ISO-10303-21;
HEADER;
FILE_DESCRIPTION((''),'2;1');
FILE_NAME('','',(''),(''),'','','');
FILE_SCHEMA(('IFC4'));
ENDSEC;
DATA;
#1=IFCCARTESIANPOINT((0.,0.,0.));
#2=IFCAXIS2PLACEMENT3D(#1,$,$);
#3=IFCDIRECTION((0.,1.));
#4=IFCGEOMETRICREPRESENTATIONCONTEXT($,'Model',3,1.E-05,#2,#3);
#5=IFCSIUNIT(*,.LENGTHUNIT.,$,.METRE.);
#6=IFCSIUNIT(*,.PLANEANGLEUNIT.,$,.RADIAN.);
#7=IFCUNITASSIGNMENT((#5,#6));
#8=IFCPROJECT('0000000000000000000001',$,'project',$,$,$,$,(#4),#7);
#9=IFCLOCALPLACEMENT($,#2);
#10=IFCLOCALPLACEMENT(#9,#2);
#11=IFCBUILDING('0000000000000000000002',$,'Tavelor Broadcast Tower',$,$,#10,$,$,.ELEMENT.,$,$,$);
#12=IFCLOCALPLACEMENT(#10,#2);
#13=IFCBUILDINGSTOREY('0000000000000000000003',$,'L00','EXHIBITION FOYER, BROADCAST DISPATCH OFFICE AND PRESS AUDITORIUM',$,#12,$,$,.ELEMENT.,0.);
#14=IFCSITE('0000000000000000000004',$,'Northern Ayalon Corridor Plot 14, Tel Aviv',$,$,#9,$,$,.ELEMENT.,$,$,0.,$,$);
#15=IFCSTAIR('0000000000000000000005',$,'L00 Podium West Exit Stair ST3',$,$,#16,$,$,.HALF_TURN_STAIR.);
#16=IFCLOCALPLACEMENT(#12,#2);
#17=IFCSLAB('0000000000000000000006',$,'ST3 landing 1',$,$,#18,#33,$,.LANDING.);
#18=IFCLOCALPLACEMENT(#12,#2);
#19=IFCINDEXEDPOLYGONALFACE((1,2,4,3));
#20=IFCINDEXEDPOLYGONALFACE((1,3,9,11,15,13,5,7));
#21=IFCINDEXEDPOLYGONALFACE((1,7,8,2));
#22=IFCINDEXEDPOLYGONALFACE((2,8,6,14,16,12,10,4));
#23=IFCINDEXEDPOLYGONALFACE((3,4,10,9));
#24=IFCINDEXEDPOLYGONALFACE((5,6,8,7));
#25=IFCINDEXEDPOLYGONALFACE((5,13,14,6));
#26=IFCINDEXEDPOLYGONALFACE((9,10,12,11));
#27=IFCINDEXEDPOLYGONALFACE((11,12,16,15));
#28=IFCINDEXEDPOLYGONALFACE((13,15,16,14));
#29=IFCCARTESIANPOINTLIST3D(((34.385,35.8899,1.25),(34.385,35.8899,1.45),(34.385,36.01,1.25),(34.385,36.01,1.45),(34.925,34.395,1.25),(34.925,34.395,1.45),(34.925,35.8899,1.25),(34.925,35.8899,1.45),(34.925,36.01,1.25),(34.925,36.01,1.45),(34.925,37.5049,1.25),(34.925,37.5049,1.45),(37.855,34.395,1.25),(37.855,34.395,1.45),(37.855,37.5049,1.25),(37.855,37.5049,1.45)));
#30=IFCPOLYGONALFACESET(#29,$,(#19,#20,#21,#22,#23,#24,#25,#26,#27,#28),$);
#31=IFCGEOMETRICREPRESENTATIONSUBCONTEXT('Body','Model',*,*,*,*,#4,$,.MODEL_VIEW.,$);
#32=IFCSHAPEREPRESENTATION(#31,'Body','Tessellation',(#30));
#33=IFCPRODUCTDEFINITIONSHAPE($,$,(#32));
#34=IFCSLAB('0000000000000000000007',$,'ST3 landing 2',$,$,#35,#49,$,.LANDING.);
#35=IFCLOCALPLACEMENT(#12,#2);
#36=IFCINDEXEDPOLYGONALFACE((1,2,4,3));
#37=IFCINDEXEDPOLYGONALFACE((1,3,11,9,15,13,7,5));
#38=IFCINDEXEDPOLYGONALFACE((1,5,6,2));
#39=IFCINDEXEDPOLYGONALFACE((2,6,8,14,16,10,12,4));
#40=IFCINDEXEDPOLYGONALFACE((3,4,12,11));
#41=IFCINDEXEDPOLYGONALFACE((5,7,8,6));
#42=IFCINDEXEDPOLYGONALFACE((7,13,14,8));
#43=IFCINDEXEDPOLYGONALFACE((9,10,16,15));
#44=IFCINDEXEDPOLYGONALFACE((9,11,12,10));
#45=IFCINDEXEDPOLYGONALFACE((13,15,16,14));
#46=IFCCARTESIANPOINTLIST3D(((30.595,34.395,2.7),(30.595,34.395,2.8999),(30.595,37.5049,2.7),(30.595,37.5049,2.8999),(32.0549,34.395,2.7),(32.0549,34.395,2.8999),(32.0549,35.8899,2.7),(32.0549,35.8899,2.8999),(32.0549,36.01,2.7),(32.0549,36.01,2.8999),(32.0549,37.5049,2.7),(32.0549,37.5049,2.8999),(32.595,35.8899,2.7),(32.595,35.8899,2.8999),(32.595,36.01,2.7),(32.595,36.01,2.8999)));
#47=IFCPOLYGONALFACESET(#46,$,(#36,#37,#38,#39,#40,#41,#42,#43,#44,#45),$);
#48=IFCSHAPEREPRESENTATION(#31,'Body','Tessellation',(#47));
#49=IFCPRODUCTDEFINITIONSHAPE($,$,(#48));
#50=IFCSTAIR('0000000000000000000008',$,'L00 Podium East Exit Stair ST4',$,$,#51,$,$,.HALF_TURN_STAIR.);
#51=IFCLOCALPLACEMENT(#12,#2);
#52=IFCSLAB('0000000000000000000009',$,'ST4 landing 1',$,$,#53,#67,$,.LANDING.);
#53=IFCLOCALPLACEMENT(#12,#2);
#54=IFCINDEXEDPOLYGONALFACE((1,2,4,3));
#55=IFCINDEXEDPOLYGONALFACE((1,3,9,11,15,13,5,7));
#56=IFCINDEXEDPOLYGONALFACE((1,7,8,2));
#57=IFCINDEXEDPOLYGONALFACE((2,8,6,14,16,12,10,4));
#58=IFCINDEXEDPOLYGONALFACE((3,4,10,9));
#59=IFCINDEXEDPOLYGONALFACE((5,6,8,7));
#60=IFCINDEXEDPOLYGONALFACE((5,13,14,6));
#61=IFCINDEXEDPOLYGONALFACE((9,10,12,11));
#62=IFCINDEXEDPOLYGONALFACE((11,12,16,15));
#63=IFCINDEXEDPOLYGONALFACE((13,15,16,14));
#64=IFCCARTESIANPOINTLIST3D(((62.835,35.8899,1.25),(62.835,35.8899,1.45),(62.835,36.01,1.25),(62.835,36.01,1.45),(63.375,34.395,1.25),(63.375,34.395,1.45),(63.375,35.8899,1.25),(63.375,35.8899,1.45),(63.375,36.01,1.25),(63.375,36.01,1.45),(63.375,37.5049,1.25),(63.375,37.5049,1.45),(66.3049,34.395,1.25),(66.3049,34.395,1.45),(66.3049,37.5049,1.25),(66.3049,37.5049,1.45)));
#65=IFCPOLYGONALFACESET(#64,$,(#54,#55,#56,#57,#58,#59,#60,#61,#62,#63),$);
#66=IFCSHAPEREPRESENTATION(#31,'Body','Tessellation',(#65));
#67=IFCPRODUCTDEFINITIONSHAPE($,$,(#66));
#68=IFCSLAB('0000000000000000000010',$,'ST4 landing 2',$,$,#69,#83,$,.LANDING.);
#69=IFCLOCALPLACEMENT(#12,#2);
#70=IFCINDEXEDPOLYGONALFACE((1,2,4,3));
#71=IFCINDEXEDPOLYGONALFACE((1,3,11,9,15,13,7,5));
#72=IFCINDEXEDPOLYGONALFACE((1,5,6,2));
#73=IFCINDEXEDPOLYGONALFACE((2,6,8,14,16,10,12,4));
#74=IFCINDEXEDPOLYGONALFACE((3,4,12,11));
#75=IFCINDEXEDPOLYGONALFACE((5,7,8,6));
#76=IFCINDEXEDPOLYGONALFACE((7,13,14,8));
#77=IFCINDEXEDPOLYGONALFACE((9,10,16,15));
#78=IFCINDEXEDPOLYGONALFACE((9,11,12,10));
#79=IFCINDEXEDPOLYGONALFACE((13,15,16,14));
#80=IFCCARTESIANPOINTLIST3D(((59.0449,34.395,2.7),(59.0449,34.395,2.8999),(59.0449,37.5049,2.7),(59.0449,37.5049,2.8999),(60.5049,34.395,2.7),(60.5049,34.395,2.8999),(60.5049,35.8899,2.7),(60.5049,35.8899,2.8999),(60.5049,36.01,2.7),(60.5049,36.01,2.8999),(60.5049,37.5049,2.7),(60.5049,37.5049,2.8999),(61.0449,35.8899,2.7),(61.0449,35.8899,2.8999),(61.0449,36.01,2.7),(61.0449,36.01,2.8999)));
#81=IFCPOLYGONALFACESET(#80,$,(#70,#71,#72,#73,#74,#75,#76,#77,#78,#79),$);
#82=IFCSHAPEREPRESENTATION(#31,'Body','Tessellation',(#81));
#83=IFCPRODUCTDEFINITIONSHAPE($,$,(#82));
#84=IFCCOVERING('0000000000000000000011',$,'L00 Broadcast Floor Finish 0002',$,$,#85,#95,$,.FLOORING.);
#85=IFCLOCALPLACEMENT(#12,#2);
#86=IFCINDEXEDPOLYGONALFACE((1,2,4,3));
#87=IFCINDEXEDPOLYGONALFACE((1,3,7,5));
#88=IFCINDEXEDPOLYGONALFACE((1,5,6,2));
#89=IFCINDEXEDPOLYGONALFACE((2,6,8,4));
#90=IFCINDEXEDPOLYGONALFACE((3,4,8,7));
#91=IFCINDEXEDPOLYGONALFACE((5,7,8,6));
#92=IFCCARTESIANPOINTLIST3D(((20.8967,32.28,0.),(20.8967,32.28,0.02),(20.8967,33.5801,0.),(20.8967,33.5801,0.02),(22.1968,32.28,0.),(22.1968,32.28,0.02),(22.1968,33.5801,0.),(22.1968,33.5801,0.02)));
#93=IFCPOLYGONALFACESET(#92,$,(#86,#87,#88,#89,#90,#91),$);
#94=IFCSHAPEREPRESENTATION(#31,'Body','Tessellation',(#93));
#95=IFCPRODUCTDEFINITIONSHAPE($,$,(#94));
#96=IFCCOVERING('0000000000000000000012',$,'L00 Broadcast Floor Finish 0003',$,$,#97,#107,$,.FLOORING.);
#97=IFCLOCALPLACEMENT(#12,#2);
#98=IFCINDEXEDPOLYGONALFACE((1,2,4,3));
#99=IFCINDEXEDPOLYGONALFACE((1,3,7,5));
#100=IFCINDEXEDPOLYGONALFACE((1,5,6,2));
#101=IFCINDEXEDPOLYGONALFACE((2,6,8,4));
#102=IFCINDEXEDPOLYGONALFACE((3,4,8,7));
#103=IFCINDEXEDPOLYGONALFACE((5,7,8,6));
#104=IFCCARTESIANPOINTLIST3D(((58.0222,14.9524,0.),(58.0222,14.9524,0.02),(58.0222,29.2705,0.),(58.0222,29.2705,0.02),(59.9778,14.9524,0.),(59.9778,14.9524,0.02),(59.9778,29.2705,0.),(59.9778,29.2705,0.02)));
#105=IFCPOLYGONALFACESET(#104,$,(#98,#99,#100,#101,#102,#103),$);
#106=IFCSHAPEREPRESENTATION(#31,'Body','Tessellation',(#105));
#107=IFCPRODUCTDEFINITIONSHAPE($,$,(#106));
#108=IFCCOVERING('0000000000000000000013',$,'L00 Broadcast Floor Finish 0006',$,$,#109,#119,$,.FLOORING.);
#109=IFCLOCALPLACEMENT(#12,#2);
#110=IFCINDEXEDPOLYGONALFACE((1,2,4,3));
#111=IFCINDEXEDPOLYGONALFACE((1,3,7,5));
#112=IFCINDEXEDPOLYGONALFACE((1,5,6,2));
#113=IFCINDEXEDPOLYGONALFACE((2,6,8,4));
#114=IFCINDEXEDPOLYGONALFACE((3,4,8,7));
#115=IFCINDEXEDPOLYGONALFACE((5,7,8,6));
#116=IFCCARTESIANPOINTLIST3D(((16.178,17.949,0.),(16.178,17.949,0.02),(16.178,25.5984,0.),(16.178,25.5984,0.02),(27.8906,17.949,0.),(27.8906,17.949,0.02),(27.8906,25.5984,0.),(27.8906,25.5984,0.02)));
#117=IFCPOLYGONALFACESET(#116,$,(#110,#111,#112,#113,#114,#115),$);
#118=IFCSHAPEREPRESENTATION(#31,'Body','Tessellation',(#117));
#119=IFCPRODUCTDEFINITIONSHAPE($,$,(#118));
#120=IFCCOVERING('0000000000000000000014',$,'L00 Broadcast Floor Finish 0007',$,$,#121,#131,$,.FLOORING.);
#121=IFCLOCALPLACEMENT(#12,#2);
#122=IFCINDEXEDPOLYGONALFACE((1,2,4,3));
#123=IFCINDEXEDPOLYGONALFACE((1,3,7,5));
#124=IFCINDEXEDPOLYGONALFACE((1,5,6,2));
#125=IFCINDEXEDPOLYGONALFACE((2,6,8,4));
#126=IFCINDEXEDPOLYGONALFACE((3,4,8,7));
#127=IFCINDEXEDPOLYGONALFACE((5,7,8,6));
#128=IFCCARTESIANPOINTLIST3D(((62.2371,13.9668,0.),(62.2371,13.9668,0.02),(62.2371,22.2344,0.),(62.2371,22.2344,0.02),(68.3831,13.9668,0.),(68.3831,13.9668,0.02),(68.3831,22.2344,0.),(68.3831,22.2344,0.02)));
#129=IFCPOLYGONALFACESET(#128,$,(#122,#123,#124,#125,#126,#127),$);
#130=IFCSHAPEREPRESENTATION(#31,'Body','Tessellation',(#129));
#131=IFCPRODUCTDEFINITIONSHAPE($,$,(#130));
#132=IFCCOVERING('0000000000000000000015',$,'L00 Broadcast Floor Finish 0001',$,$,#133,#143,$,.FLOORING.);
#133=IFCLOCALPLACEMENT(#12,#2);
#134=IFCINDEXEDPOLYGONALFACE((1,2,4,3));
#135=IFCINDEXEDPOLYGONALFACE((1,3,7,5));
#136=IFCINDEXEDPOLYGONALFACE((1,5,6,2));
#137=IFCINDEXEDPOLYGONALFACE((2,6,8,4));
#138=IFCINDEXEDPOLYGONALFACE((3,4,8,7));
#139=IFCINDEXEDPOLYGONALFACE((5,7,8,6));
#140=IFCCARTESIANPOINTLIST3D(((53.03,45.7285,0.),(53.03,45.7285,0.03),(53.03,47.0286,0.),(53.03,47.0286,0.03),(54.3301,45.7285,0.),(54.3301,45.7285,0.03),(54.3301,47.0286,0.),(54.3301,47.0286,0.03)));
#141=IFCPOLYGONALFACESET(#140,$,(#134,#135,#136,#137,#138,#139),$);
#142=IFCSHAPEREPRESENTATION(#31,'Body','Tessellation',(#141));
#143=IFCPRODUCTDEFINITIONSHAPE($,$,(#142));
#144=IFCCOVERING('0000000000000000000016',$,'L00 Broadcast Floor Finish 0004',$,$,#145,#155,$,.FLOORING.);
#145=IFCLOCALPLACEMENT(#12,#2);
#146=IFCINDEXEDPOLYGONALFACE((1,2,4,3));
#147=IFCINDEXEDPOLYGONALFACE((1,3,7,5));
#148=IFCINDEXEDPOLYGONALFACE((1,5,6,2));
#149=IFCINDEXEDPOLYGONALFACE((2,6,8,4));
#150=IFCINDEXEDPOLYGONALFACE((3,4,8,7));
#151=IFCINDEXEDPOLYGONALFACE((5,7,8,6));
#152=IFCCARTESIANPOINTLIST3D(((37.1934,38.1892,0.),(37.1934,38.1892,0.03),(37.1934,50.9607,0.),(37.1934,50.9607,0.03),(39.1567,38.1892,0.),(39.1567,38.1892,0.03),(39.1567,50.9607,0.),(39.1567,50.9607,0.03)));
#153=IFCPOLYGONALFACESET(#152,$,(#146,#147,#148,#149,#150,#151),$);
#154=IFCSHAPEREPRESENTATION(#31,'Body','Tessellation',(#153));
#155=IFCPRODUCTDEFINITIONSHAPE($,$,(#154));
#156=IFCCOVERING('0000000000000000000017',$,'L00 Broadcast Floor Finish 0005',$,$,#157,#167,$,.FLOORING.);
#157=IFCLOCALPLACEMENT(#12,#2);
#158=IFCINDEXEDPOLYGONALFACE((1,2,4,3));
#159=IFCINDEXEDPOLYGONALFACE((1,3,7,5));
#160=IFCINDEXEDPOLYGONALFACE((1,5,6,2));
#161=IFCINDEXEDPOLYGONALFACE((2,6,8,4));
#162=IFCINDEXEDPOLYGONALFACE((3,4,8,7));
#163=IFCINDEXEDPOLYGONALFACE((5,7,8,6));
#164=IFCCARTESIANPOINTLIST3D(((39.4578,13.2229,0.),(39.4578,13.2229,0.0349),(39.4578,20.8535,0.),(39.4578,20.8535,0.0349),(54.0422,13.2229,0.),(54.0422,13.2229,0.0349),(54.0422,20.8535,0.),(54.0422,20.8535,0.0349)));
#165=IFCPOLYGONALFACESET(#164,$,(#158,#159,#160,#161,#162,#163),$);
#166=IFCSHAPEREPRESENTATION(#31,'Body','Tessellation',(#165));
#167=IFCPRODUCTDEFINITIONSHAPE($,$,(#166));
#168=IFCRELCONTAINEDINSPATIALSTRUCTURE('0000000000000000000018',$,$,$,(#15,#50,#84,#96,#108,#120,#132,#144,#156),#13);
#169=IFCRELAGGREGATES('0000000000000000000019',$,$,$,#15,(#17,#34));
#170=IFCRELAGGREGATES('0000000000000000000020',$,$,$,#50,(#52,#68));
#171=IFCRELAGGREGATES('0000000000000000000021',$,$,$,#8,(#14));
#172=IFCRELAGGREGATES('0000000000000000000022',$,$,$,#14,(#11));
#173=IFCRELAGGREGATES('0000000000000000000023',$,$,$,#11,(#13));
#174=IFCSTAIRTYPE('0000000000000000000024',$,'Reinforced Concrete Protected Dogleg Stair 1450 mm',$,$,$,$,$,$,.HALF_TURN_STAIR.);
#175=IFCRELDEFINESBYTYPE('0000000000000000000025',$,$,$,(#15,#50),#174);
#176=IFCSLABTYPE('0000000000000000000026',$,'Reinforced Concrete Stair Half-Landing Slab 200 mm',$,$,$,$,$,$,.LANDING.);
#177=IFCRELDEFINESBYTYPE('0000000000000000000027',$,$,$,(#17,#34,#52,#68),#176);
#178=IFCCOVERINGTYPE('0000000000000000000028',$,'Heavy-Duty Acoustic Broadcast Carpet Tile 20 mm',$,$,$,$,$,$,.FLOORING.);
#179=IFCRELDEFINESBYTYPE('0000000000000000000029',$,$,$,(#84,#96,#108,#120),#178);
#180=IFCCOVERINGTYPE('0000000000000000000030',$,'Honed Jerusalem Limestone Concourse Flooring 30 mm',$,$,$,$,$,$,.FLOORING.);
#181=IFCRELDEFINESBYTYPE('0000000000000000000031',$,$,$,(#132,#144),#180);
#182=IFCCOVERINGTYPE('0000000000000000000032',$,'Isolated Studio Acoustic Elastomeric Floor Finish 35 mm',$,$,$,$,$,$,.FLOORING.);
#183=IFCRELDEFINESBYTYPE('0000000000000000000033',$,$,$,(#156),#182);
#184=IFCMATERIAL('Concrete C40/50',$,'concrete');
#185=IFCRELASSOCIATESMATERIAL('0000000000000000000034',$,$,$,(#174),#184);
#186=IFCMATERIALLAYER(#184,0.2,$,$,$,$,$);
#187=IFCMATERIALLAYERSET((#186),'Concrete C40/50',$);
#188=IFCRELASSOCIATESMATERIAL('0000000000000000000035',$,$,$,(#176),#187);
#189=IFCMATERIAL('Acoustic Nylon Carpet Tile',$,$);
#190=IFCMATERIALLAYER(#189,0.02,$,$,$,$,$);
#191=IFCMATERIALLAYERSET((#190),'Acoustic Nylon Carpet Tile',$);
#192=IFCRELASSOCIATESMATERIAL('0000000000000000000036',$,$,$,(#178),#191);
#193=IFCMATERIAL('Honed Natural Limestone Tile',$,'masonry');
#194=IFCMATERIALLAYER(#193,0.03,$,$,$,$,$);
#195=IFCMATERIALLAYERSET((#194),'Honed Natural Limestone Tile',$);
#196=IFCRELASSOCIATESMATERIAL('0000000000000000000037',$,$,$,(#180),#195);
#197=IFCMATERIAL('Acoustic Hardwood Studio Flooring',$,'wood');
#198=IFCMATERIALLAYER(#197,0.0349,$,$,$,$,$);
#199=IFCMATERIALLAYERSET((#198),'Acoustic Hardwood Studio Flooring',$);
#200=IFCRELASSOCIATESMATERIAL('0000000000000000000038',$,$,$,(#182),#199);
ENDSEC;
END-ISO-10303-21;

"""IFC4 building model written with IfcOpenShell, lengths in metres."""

from ifc_helpers import new_model, si_unit, direction, frame, origin, place, context, subcontext, project, spatial, polyline, outline, extrude, material, layer, layer_set, type_object, element, aggregate, save


model = new_model("IFC4")

# Units and contexts
model_context = context("Model", 3, precision=1e-05, world=origin(), true_north=direction((0.0, 1.0)))
body_context = subcontext(model_context, "Body", "Model", "MODEL_VIEW")
ifc_project = project(units=[si_unit("LENGTHUNIT", "METRE"), si_unit("PLANEANGLEUNIT", "RADIAN")], contexts=[model_context])

# Site, building, storey
site_placement = place(None, origin())
site = spatial("IfcSite", under=ifc_project, at=site_placement, Name="Northern Ayalon Corridor Plot 14, Tel Aviv", CompositionType="ELEMENT", RefElevation=0.0)
building_placement = place(site_placement, origin())
building = spatial("IfcBuilding", under=site, at=building_placement, Name="Tavelor Broadcast Tower", CompositionType="ELEMENT")
storey_placement = place(building_placement, origin())
storey = spatial("IfcBuildingStorey", under=building, at=storey_placement, Name="L00", Description="EXHIBITION FOYER, BROADCAST DISPATCH OFFICE AND PRESS AUDITORIUM", CompositionType="ELEMENT", Elevation=0.0)

# Shared definitions
ifc_material_1 = material(Name="Concrete C40/50", Category="concrete")

# Stairs, slabs
stair_type = type_object("IfcStairType", Name="Reinforced Concrete Protected Dogleg Stair 1450 mm", PredefinedType="HALF_TURN_STAIR", material=ifc_material_1)
ifc_layer_1 = layer(ifc_material_1, 0.2)
ifc_layer_set_1 = layer_set([ifc_layer_1], Name="Concrete C40/50")
slab_type_1 = type_object("IfcSlabType", Name="Reinforced Concrete Stair Half-Landing Slab 200 mm", PredefinedType="LANDING", material=ifc_layer_set_1)
stair_1_placement = place(storey_placement, origin())
stair_1 = element("IfcStair", 1, at=stair_1_placement, inside=storey, type_object=stair_type, Name="L00 Podium West Exit Stair ST3", PredefinedType="HALF_TURN_STAIR")
slab_1_placement = place(storey_placement, frame((0.0, 0.0, 1.25)))
slab_1 = element("IfcSlab", 2, at=slab_1_placement, type_object=slab_type_1, Name="ST3 landing 1", PredefinedType="LANDING", context=body_context, shape_type="SweptSolid", body=[
    extrude(outline(polyline([(34.925, 35.8899), (34.925, 34.395), (37.855, 34.395), (37.855, 37.5049), (34.925, 37.5049), (34.925, 36.01), (34.385, 36.01), (34.385, 35.8899), (34.925, 35.8899)])), origin(), (0.0, 0.0, 1.0), 0.2),
])
slab_2_placement = place(storey_placement, frame((0.0, 0.0, 2.7)))
slab_2 = element("IfcSlab", 3, at=slab_2_placement, type_object=slab_type_1, Name="ST3 landing 2", PredefinedType="LANDING", context=body_context, shape_type="SweptSolid", body=[
    extrude(outline(polyline([(30.595, 34.395), (32.0549, 34.395), (32.0549, 35.8899), (32.595, 35.8899), (32.595, 36.01), (32.0549, 36.01), (32.0549, 37.5049), (30.595, 37.5049), (30.595, 34.395)])), origin(), (0.0, 0.0, 1.0), 0.2),
])
aggregate(stair_1, [slab_1, slab_2])
stair_2_placement = place(storey_placement, origin())
stair_2 = element("IfcStair", 4, at=stair_2_placement, inside=storey, type_object=stair_type, Name="L00 Podium East Exit Stair ST4", PredefinedType="HALF_TURN_STAIR")
slab_3_placement = place(storey_placement, frame((0.0, 0.0, 1.25)))
slab_3 = element("IfcSlab", 5, at=slab_3_placement, type_object=slab_type_1, Name="ST4 landing 1", PredefinedType="LANDING", context=body_context, shape_type="SweptSolid", body=[
    extrude(outline(polyline([(63.375, 35.8899), (63.375, 34.395), (66.3049, 34.395), (66.3049, 37.5049), (63.375, 37.5049), (63.375, 36.01), (62.835, 36.01), (62.835, 35.8899), (63.375, 35.8899)])), origin(), (0.0, 0.0, 1.0), 0.2),
])
slab_4_placement = place(storey_placement, frame((0.0, 0.0, 2.7)))
slab_4 = element("IfcSlab", 6, at=slab_4_placement, type_object=slab_type_1, Name="ST4 landing 2", PredefinedType="LANDING", context=body_context, shape_type="SweptSolid", body=[
    extrude(outline(polyline([(59.0449, 34.395), (60.5049, 34.395), (60.5049, 35.8899), (61.0449, 35.8899), (61.0449, 36.01), (60.5049, 36.01), (60.5049, 37.5049), (59.0449, 37.5049), (59.0449, 34.395)])), origin(), (0.0, 0.0, 1.0), 0.2),
])
aggregate(stair_2, [slab_3, slab_4])

# Coverings
ifc_material_2 = material(Name="Acoustic Nylon Carpet Tile")
ifc_layer_2 = layer(ifc_material_2, 0.02)
ifc_layer_set_2 = layer_set([ifc_layer_2], Name="Acoustic Nylon Carpet Tile")
covering_type_1 = type_object("IfcCoveringType", Name="Heavy-Duty Acoustic Broadcast Carpet Tile 20 mm", PredefinedType="FLOORING", material=ifc_layer_set_2)
covering_1_placement = place(storey_placement, origin())
element("IfcCovering", 7, at=covering_1_placement, inside=storey, type_object=covering_type_1, Name="L00 Broadcast Floor Finish 0002", PredefinedType="FLOORING", context=body_context, shape_type="SweptSolid", body=[
    extrude(outline(polyline([(20.8967, 32.28), (22.1968, 32.28), (22.1968, 33.5801), (20.8967, 33.5801), (20.8967, 32.28)])), origin(), (0.0, 0.0, 1.0), 0.02),
])
covering_2_placement = place(storey_placement, origin())
element("IfcCovering", 8, at=covering_2_placement, inside=storey, type_object=covering_type_1, Name="L00 Broadcast Floor Finish 0003", PredefinedType="FLOORING", context=body_context, shape_type="SweptSolid", body=[
    extrude(outline(polyline([(58.0222, 14.9524), (59.9778, 14.9524), (59.9778, 29.2705), (58.0222, 29.2705), (58.0222, 14.9524)])), origin(), (0.0, 0.0, 1.0), 0.02),
])
covering_3_placement = place(storey_placement, origin())
element("IfcCovering", 9, at=covering_3_placement, inside=storey, type_object=covering_type_1, Name="L00 Broadcast Floor Finish 0006", PredefinedType="FLOORING", context=body_context, shape_type="SweptSolid", body=[
    extrude(outline(polyline([(16.178, 17.949), (27.8906, 17.949), (27.8906, 25.5984), (16.178, 25.5984), (16.178, 17.949)])), origin(), (0.0, 0.0, 1.0), 0.02),
])
covering_4_placement = place(storey_placement, origin())
element("IfcCovering", 10, at=covering_4_placement, inside=storey, type_object=covering_type_1, Name="L00 Broadcast Floor Finish 0007", PredefinedType="FLOORING", context=body_context, shape_type="SweptSolid", body=[
    extrude(outline(polyline([(62.2371, 13.9668), (68.3831, 13.9668), (68.3831, 22.2344), (62.2371, 22.2344), (62.2371, 13.9668)])), origin(), (0.0, 0.0, 1.0), 0.02),
])
ifc_material_3 = material(Name="Honed Natural Limestone Tile", Category="masonry")
ifc_layer_3 = layer(ifc_material_3, 0.03)
ifc_layer_set_3 = layer_set([ifc_layer_3], Name="Honed Natural Limestone Tile")
covering_type_2 = type_object("IfcCoveringType", Name="Honed Jerusalem Limestone Concourse Flooring 30 mm", PredefinedType="FLOORING", material=ifc_layer_set_3)
covering_5_placement = place(storey_placement, origin())
element("IfcCovering", 11, at=covering_5_placement, inside=storey, type_object=covering_type_2, Name="L00 Broadcast Floor Finish 0001", PredefinedType="FLOORING", context=body_context, shape_type="SweptSolid", body=[
    extrude(outline(polyline([(53.03, 45.7285), (54.3301, 45.7285), (54.3301, 47.0286), (53.03, 47.0286), (53.03, 45.7285)])), origin(), (0.0, 0.0, 1.0), 0.03),
])
covering_6_placement = place(storey_placement, origin())
element("IfcCovering", 12, at=covering_6_placement, inside=storey, type_object=covering_type_2, Name="L00 Broadcast Floor Finish 0004", PredefinedType="FLOORING", context=body_context, shape_type="SweptSolid", body=[
    extrude(outline(polyline([(37.1934, 38.1892), (39.1567, 38.1892), (39.1567, 50.9607), (37.1934, 50.9607), (37.1934, 38.1892)])), origin(), (0.0, 0.0, 1.0), 0.03),
])
ifc_material_4 = material(Name="Acoustic Hardwood Studio Flooring", Category="wood")
ifc_layer_4 = layer(ifc_material_4, 0.0349)
ifc_layer_set_4 = layer_set([ifc_layer_4], Name="Acoustic Hardwood Studio Flooring")
covering_type_3 = type_object("IfcCoveringType", Name="Isolated Studio Acoustic Elastomeric Floor Finish 35 mm", PredefinedType="FLOORING", material=ifc_layer_set_4)
covering_7_placement = place(storey_placement, origin())
element("IfcCovering", 13, at=covering_7_placement, inside=storey, type_object=covering_type_3, Name="L00 Broadcast Floor Finish 0005", PredefinedType="FLOORING", context=body_context, shape_type="SweptSolid", body=[
    extrude(outline(polyline([(39.4578, 13.2229), (54.0422, 13.2229), (54.0422, 20.8535), (39.4578, 20.8535), (39.4578, 13.2229)])), origin(), (0.0, 0.0, 1.0), 0.0349),
])

save(model, "model.ifc")
